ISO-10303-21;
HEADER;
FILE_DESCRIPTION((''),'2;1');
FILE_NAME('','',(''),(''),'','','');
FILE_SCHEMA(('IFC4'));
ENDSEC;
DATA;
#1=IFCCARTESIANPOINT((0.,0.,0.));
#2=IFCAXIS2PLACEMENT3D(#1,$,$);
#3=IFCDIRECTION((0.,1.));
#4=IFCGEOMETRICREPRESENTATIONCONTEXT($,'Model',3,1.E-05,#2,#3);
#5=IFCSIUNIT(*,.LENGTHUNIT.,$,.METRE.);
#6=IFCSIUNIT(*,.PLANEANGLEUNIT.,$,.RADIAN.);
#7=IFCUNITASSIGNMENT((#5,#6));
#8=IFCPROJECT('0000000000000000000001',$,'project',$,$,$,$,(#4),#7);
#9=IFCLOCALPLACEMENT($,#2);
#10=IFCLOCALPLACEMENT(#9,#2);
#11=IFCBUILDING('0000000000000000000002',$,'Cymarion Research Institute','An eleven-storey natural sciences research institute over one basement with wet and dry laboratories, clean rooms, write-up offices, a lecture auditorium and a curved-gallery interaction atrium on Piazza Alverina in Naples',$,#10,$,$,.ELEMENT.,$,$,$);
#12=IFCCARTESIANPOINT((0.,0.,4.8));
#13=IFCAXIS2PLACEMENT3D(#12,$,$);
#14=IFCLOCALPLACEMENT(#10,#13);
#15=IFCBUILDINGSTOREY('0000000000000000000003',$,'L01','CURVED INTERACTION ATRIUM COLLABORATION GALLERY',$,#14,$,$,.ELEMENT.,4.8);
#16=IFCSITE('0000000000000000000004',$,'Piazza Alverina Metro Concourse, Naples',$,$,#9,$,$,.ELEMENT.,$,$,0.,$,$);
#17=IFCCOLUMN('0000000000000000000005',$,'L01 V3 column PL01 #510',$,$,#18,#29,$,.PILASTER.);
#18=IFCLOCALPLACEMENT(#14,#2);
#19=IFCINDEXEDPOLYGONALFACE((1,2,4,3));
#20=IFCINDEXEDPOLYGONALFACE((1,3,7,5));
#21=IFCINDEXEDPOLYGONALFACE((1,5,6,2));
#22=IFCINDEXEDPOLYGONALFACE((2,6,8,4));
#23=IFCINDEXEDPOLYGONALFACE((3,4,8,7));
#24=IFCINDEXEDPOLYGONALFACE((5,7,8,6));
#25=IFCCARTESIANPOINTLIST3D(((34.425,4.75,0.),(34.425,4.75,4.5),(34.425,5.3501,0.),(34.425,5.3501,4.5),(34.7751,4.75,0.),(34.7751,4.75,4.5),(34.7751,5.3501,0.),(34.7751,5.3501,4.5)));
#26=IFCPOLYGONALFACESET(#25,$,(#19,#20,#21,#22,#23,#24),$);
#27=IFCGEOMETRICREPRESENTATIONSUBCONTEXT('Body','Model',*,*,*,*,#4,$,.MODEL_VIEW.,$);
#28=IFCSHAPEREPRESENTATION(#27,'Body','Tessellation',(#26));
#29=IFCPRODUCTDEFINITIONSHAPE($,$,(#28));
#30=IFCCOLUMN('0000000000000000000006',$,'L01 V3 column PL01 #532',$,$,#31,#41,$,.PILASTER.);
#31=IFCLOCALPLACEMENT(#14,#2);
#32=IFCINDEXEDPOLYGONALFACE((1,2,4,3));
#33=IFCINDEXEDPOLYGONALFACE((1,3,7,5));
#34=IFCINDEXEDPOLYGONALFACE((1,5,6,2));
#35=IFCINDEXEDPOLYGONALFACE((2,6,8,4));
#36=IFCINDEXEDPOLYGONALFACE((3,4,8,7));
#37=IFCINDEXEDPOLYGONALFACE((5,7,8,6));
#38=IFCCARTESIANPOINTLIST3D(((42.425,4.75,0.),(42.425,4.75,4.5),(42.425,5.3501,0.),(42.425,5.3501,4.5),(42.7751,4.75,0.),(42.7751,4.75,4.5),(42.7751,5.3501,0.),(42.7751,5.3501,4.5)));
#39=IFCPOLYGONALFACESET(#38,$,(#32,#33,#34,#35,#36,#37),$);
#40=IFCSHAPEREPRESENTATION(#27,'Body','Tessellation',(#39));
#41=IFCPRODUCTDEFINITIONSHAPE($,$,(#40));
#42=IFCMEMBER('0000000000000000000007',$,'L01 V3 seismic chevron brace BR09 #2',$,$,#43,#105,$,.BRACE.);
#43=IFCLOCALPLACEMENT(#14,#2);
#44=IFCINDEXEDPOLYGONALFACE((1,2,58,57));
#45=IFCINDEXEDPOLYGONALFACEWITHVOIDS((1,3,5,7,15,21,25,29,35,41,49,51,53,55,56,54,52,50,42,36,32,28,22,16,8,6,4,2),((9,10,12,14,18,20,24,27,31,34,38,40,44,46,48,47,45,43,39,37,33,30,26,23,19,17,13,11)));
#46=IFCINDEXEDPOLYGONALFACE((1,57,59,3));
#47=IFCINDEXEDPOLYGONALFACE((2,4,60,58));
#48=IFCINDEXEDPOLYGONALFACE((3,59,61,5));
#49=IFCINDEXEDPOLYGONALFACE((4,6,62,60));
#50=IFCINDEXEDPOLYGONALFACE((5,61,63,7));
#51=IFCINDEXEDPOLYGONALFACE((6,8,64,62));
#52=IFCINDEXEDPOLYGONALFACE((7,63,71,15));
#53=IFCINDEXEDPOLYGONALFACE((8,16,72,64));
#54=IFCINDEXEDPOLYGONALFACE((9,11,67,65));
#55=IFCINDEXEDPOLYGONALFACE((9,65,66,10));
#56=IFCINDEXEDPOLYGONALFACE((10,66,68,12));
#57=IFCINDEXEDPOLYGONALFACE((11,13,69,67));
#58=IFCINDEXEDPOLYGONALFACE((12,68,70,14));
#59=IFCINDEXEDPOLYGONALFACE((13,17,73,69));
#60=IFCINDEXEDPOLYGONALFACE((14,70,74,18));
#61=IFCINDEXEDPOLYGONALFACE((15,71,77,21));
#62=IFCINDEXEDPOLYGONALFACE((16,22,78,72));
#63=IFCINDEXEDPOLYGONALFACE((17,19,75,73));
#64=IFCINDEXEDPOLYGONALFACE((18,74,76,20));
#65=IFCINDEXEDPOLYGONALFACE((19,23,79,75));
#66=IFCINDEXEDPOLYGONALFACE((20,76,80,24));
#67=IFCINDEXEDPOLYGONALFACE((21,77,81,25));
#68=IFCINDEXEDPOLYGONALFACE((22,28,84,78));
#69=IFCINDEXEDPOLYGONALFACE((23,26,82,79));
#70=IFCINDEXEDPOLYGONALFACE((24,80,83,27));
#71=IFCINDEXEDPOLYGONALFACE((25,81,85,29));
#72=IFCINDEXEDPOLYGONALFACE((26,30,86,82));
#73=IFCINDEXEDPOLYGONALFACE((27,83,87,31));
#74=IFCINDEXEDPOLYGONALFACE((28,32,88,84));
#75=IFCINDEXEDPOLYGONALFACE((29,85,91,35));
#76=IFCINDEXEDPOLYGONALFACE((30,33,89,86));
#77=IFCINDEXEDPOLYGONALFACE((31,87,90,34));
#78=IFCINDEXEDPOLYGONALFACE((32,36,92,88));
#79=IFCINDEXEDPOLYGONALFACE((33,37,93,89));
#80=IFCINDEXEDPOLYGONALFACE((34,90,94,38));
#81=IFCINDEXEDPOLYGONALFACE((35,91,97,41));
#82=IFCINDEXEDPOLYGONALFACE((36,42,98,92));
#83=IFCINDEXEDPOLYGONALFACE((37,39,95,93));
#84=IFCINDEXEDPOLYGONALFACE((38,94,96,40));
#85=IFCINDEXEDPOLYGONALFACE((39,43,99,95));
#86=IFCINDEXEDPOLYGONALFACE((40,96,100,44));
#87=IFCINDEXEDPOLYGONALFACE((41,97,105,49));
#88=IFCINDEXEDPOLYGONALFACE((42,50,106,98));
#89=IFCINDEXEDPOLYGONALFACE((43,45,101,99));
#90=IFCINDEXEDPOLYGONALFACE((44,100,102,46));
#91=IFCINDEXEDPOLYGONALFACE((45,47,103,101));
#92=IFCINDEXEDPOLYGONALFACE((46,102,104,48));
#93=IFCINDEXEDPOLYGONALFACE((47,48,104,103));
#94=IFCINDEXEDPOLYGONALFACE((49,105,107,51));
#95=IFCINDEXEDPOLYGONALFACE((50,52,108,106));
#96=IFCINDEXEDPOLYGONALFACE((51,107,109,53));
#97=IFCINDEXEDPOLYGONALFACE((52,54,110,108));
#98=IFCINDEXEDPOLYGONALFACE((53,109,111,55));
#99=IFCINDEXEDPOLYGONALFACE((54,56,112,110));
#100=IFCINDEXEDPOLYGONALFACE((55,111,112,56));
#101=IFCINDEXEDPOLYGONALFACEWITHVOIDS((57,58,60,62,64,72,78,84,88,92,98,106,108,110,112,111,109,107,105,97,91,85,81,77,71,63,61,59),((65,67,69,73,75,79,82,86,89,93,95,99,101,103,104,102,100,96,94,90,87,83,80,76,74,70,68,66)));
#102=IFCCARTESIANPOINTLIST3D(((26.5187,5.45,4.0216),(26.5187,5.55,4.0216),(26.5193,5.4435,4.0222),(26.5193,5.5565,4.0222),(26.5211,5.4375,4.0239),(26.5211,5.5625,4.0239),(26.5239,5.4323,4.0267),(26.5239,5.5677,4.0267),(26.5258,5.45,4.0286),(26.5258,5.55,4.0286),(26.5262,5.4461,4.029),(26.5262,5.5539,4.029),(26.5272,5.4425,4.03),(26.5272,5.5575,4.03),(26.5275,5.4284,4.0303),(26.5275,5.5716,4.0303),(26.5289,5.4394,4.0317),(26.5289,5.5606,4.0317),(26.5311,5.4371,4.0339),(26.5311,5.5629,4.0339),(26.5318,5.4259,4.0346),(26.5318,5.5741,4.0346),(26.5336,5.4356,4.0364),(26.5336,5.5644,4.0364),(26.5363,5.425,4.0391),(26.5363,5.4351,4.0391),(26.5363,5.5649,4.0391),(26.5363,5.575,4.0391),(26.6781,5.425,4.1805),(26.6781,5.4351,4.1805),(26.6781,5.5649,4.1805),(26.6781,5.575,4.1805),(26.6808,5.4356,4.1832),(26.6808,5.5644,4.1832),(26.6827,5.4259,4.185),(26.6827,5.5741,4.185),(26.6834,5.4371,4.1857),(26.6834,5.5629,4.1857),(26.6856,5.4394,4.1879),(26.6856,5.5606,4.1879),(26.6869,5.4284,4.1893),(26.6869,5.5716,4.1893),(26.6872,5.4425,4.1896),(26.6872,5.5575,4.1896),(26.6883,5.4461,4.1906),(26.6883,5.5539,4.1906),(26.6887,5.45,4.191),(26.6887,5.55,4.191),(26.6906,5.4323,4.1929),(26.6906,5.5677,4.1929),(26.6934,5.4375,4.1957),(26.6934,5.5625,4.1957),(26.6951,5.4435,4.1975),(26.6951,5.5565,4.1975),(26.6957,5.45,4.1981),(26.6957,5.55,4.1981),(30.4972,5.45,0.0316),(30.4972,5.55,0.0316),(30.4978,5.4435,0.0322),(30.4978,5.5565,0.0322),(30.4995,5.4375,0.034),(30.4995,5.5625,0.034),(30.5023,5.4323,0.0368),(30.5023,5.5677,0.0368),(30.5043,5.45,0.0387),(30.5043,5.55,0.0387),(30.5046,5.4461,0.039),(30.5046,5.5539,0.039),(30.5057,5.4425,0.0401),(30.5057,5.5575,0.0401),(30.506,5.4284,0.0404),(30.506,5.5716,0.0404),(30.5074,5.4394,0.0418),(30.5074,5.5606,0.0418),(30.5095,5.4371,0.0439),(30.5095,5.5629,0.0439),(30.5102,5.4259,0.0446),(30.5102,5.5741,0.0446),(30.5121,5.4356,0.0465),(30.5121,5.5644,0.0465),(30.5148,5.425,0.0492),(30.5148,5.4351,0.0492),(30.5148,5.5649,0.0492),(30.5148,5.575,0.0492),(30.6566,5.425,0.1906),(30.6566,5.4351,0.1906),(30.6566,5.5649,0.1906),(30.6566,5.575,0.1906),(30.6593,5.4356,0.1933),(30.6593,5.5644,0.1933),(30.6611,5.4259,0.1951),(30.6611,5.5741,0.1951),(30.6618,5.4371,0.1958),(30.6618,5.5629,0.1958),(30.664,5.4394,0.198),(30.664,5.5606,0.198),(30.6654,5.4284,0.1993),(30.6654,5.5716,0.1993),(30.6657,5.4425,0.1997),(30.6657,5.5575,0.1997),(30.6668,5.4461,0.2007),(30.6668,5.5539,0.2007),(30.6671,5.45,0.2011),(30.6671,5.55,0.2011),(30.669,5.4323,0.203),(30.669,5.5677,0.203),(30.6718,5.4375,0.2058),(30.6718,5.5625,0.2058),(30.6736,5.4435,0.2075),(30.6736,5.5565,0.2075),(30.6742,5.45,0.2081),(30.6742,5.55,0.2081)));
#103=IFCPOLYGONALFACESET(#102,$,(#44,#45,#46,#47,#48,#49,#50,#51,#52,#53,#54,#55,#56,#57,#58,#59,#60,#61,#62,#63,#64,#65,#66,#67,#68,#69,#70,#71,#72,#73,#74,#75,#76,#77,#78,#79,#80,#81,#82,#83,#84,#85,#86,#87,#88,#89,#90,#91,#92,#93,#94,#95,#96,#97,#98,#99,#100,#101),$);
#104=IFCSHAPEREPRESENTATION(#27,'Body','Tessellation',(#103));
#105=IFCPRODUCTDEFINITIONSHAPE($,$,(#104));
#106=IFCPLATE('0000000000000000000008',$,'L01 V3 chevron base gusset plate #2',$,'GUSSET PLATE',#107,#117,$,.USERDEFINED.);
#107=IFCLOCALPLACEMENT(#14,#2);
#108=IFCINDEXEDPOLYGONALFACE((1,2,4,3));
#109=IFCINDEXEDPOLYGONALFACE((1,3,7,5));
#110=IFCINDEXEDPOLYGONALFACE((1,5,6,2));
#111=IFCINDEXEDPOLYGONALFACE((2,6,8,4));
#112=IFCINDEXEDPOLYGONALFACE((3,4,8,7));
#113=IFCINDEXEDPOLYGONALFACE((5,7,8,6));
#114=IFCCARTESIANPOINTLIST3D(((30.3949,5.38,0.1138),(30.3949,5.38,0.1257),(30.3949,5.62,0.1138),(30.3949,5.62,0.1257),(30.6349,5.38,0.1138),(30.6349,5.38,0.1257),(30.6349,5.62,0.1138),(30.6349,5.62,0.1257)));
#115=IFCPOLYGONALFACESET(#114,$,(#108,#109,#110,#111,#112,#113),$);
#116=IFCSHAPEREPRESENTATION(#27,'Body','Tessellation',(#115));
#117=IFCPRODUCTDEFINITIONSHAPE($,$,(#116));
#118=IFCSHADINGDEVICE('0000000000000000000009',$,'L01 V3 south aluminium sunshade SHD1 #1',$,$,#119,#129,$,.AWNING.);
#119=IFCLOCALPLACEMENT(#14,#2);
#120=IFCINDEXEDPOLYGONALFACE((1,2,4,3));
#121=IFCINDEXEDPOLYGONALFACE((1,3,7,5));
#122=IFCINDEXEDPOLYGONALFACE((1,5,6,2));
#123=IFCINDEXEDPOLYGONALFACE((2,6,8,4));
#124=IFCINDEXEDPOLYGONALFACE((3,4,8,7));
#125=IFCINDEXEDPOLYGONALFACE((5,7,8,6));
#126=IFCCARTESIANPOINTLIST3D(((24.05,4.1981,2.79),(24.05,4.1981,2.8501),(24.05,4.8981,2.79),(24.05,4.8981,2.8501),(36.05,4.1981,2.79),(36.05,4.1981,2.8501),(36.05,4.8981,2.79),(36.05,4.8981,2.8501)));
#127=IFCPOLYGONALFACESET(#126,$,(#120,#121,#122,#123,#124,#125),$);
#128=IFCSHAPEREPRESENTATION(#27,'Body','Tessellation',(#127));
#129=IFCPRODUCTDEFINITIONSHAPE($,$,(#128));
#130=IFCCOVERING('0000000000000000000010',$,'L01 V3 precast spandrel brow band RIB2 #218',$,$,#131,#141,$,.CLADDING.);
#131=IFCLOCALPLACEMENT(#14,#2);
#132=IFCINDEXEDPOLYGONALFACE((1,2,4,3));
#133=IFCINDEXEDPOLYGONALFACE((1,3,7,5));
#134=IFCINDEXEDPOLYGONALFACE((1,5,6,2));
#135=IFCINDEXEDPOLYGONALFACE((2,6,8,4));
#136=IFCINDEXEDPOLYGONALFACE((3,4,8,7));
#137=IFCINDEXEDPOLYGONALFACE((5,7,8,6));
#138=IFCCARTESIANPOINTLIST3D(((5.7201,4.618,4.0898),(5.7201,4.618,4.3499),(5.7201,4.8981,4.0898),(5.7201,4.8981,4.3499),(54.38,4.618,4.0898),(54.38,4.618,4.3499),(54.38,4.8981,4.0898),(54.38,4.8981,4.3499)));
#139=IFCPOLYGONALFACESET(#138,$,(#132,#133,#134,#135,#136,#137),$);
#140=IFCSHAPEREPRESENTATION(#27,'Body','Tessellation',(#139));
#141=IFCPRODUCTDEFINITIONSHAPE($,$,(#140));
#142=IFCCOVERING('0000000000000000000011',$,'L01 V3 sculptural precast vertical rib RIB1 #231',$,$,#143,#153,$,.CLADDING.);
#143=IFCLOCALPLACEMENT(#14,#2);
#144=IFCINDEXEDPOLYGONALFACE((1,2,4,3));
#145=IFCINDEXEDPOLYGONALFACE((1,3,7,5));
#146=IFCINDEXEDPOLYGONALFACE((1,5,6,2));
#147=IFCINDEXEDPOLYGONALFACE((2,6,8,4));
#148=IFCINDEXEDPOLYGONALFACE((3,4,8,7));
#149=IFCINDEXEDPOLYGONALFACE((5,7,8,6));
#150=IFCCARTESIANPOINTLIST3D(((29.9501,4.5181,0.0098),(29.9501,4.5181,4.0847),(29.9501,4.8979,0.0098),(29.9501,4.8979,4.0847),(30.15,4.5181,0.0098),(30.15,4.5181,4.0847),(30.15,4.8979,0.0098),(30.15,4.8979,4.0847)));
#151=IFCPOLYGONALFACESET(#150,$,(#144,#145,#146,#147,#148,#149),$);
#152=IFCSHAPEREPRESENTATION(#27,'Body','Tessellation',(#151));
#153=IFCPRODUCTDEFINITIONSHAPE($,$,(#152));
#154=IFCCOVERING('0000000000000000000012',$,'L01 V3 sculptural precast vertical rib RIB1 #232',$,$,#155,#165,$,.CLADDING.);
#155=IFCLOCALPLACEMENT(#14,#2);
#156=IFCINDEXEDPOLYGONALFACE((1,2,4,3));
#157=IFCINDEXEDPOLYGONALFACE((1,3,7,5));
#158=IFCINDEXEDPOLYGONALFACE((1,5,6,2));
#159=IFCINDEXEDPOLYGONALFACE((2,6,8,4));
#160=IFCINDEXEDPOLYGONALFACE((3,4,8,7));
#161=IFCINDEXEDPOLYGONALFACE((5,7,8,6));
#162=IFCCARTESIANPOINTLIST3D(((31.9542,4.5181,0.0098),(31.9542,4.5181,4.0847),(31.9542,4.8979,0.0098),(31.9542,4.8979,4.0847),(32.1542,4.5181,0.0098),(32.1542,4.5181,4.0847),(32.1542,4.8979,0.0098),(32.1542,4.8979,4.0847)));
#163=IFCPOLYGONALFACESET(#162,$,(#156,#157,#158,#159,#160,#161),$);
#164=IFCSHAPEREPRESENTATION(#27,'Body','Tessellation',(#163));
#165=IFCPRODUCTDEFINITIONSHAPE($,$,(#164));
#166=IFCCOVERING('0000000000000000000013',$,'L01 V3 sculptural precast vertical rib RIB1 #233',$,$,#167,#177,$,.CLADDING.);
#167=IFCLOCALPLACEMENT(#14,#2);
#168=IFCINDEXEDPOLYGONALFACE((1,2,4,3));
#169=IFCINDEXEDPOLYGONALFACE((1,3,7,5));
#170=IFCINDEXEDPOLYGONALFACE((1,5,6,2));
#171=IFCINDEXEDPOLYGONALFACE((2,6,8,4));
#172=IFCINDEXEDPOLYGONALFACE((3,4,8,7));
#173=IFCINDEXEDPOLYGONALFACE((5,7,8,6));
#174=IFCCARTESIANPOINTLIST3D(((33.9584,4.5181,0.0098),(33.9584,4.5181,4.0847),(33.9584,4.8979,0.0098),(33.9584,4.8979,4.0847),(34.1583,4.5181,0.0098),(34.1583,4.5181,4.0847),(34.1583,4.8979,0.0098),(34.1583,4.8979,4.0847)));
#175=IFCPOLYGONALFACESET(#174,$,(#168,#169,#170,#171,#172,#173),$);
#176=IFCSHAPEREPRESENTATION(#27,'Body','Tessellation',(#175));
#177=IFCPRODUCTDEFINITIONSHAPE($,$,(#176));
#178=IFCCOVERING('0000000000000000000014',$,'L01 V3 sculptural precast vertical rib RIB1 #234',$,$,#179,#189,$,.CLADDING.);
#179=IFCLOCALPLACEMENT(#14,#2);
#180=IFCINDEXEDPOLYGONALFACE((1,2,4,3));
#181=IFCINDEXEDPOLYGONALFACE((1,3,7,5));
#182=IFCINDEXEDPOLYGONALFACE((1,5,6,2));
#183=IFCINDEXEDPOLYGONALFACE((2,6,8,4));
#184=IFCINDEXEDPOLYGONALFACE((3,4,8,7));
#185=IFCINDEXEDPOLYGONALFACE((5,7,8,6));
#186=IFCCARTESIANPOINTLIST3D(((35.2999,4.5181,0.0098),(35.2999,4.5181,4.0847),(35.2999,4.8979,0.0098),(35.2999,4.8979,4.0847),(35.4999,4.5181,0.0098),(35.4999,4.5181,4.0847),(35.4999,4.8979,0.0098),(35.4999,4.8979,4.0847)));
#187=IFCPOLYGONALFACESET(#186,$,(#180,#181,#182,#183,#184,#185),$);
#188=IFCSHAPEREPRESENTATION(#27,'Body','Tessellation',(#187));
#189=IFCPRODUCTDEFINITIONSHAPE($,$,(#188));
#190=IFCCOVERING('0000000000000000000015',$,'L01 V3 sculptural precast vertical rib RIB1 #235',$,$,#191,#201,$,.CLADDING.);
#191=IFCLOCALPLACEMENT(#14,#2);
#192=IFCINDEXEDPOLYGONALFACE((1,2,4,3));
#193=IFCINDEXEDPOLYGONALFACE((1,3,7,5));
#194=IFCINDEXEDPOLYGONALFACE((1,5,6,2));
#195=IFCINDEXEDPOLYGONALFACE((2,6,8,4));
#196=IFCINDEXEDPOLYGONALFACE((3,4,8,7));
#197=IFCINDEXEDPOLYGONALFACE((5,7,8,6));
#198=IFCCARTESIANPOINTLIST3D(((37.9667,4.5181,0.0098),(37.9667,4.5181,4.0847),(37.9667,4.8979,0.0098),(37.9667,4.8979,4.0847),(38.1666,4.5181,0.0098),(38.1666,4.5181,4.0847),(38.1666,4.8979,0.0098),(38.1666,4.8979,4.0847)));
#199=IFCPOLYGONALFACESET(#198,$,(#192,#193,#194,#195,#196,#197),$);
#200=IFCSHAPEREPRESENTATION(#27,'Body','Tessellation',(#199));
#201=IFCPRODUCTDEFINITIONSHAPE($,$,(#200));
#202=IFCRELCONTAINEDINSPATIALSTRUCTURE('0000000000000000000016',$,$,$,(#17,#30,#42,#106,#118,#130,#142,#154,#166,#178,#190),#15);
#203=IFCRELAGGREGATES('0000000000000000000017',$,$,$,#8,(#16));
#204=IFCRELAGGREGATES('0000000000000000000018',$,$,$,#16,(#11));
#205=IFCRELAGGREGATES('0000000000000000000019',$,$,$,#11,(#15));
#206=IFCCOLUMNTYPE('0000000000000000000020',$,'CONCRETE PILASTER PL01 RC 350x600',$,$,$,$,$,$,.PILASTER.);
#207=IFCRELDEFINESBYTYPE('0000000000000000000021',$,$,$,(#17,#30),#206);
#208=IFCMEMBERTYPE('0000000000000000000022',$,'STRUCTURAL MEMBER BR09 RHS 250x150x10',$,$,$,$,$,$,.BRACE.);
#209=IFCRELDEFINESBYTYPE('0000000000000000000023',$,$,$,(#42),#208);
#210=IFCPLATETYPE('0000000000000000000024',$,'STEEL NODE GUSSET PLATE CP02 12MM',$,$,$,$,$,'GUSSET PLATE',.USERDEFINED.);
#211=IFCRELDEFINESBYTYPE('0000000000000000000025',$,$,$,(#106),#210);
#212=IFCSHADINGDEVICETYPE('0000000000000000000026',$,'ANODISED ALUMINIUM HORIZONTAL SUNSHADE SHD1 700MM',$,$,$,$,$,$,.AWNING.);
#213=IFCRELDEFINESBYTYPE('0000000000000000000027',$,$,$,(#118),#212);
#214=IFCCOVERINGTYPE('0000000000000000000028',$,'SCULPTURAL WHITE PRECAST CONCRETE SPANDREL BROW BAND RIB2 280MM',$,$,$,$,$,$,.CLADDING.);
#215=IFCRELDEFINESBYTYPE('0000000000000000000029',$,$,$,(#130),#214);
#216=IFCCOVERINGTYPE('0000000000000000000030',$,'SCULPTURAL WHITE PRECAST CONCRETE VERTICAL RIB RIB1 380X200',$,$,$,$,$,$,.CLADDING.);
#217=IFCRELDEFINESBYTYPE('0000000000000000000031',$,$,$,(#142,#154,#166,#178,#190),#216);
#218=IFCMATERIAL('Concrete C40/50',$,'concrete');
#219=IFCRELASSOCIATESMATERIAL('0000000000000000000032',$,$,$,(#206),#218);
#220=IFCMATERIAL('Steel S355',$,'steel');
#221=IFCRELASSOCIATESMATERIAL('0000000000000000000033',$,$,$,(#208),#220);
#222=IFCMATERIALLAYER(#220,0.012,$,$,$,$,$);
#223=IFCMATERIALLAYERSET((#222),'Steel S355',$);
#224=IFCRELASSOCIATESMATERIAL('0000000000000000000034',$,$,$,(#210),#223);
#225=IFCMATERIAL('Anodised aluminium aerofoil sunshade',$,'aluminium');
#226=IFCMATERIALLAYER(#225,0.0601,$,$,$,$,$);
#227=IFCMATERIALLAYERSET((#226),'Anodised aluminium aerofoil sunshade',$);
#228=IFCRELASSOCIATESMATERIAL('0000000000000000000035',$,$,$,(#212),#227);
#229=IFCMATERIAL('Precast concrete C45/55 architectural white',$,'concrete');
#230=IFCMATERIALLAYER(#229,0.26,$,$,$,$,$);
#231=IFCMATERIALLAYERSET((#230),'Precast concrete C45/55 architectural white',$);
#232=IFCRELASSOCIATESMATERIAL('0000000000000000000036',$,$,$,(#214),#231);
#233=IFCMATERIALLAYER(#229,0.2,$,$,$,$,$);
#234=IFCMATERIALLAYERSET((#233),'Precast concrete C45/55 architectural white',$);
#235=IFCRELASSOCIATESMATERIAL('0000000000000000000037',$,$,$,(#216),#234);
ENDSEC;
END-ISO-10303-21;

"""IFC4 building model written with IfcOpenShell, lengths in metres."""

from ifc_helpers import new_model, si_unit, direction, frame, origin, origin_2d, place, context, subcontext, project, spatial, rectangle, hollow_rectangle, extrude, material, layer, layer_set, material_profile, profile_set, type_object, element, save


model = new_model("IFC4")

# Units and contexts
model_context = context("Model", 3, precision=1e-05, world=origin(), true_north=direction((0.0, 1.0)))
body_context = subcontext(model_context, "Body", "Model", "MODEL_VIEW")
ifc_project = project(units=[si_unit("LENGTHUNIT", "METRE"), si_unit("PLANEANGLEUNIT", "RADIAN")], contexts=[model_context])

# Site, building, storey
site_placement = place(None, origin())
site = spatial("IfcSite", under=ifc_project, at=site_placement, Name="Piazza Alverina Metro Concourse, Naples", CompositionType="ELEMENT", RefElevation=0.0)
building_placement = place(site_placement, origin())
building = spatial("IfcBuilding", under=site, at=building_placement, Name="Cymarion Research Institute", Description="An eleven-storey natural sciences research institute over one basement with wet and dry laboratories, clean rooms, write-up offices, a lecture auditorium and a curved-gallery interaction atrium on Piazza Alverina in Naples", CompositionType="ELEMENT")
storey_placement = place(building_placement, frame((0.0, 0.0, 4.8)))
storey = spatial("IfcBuildingStorey", under=building, at=storey_placement, Name="L01", Description="CURVED INTERACTION ATRIUM COLLABORATION GALLERY", CompositionType="ELEMENT", Elevation=4.8)

# Columns
ifc_material_1 = material(Name="Concrete C40/50", Category="concrete")
ifc_material_profile_1 = material_profile(ifc_material_1, rectangle(XDim=0.3501, YDim=0.6001, at=origin_2d()), Name="RC 350x600")
ifc_profile_set_1 = profile_set([ifc_material_profile_1], Name="Concrete C40/50")
column_type = type_object("IfcColumnType", Name="CONCRETE PILASTER PL01 RC 350x600", PredefinedType="PILASTER", material=ifc_profile_set_1)
for number, where, z_axis, x_axis, name in (
    (1, (34.6001, 5.05, 0.0), (0.0, 0.0, 1.0), (1.0, 0.0, 0.0), "L01 V3 column PL01 #510"),
    (2, (42.6001, 5.05, 0.0), (0.0, 0.0, 1.0), (1.0, 0.0, 0.0), "L01 V3 column PL01 #532"),
):
    element("IfcColumn", number, at=place(storey_placement, frame(where, z_axis=z_axis, x_axis=x_axis)), inside=storey, type_object=column_type, Name=name, PredefinedType="PILASTER", context=body_context, shape_type="SweptSolid", body=[
        extrude(rectangle(XDim=0.3501, YDim=0.6001, at=origin_2d()), origin(), (0.0, 0.0, 1.0), 4.5),
    ])

# Member
ifc_material_2 = material(Name="Steel S355", Category="steel")
ifc_material_profile_2 = material_profile(ifc_material_2, hollow_rectangle(XDim=0.1499, YDim=0.25, WallThickness=0.01, InnerFilletRadius=0.0149, OuterFilletRadius=0.0249, at=origin_2d()), Name="RHS 250x150x10")
ifc_profile_set_2 = profile_set([ifc_material_profile_2], Name="Steel S355")
member_type = type_object("IfcMemberType", Name="STRUCTURAL MEMBER BR09 RHS 250x150x10", PredefinedType="BRACE", material=ifc_profile_set_2)
member_placement = place(storey_placement, frame((30.5857, 5.5, 0.1199), z_axis=(-0.706088, 0.0, 0.708124), x_axis=(0.0, -1.0, 0.0)))
element("IfcMember", 3, at=member_placement, inside=storey, type_object=member_type, Name="L01 V3 seismic chevron brace BR09 #2", PredefinedType="BRACE", context=body_context, shape_type="SweptSolid", body=[
    extrude(hollow_rectangle(XDim=0.1499, YDim=0.25, WallThickness=0.01, InnerFilletRadius=0.0149, OuterFilletRadius=0.0249, at=origin_2d()), origin(), (0.0, 0.0, 1.0), 5.6345),
])

# Plate
ifc_layer_1 = layer(ifc_material_2, 0.012)
ifc_layer_set_1 = layer_set([ifc_layer_1], Name="Steel S355")
plate_type = type_object("IfcPlateType", Name="STEEL NODE GUSSET PLATE CP02 12MM", ElementType="GUSSET PLATE", PredefinedType="USERDEFINED", material=ifc_layer_set_1)
plate_placement = place(storey_placement, frame((30.5149, 5.5, 0.1138), z_axis=(0.0, 0.0, 1.0), x_axis=(1.0, 0.0, 0.0)))
element("IfcPlate", 4, at=plate_placement, inside=storey, type_object=plate_type, Name="L01 V3 chevron base gusset plate #2", ObjectType="GUSSET PLATE", PredefinedType="USERDEFINED", context=body_context, shape_type="SweptSolid", body=[
    extrude(rectangle(XDim=0.24, YDim=0.24, at=origin_2d()), origin(), (0.0, 0.0, 1.0), 0.012),
])

# Shading device
ifc_material_3 = material(Name="Anodised aluminium aerofoil sunshade", Category="aluminium")
ifc_layer_2 = layer(ifc_material_3, 0.0601)
ifc_layer_set_2 = layer_set([ifc_layer_2], Name="Anodised aluminium aerofoil sunshade")
shading_device_type = type_object("IfcShadingDeviceType", Name="ANODISED ALUMINIUM HORIZONTAL SUNSHADE SHD1 700MM", PredefinedType="AWNING", material=ifc_layer_set_2)
shading_device_placement = place(storey_placement, frame((30.05, 4.5481, 2.79), z_axis=(0.0, 0.0, 1.0), x_axis=(0.0, -1.0, 0.0)))
element("IfcShadingDevice", 5, at=shading_device_placement, inside=storey, type_object=shading_device_type, Name="L01 V3 south aluminium sunshade SHD1 #1", PredefinedType="AWNING", context=body_context, shape_type="SweptSolid", body=[
    extrude(rectangle(XDim=0.7, YDim=12.0, at=origin_2d()), origin(), (0.0, 0.0, 1.0), 0.0601),
])

# Coverings
ifc_material_4 = material(Name="Precast concrete C45/55 architectural white", Category="concrete")
ifc_layer_3 = layer(ifc_material_4, 0.26)
ifc_layer_set_3 = layer_set([ifc_layer_3], Name="Precast concrete C45/55 architectural white")
covering_type_1 = type_object("IfcCoveringType", Name="SCULPTURAL WHITE PRECAST CONCRETE SPANDREL BROW BAND RIB2 280MM", PredefinedType="CLADDING", material=ifc_layer_set_3)
covering_placement = place(storey_placement, frame((30.05, 4.7581, 4.0898), z_axis=(0.0, 0.0, 1.0), x_axis=(0.0, -1.0, 0.0)))
element("IfcCovering", 6, at=covering_placement, inside=storey, type_object=covering_type_1, Name="L01 V3 precast spandrel brow band RIB2 #218", PredefinedType="CLADDING", context=body_context, shape_type="SweptSolid", body=[
    extrude(rectangle(XDim=0.28, YDim=48.6599, at=origin_2d()), origin(), (0.0, 0.0, 1.0), 0.26),
])
ifc_layer_4 = layer(ifc_material_4, 0.2)
ifc_layer_set_4 = layer_set([ifc_layer_4], Name="Precast concrete C45/55 architectural white")
covering_type_2 = type_object("IfcCoveringType", Name="SCULPTURAL WHITE PRECAST CONCRETE VERTICAL RIB RIB1 380X200", PredefinedType="CLADDING", material=ifc_layer_set_4)
for number, where, z_axis, x_axis, name in (
    (7, (30.05, 4.708, 0.0098), (0.0, 0.0, 1.0), (0.0, -1.0, 0.0), "L01 V3 sculptural precast vertical rib RIB1 #231"),
    (8, (32.0542, 4.708, 0.0098), (0.0, 0.0, 1.0), (0.0, -1.0, 0.0), "L01 V3 sculptural precast vertical rib RIB1 #232"),
    (9, (34.0583, 4.708, 0.0098), (0.0, 0.0, 1.0), (0.0, -1.0, 0.0), "L01 V3 sculptural precast vertical rib RIB1 #233"),
    (10, (35.3999, 4.708, 0.0098), (0.0, 0.0, 1.0), (0.0, -1.0, 0.0), "L01 V3 sculptural precast vertical rib RIB1 #234"),
    (11, (38.0667, 4.708, 0.0098), (0.0, 0.0, 1.0), (0.0, -1.0, 0.0), "L01 V3 sculptural precast vertical rib RIB1 #235"),
):
    element("IfcCovering", number, at=place(storey_placement, frame(where, z_axis=z_axis, x_axis=x_axis)), inside=storey, type_object=covering_type_2, Name=name, PredefinedType="CLADDING", context=body_context, shape_type="SweptSolid", body=[
        extrude(rectangle(XDim=0.3799, YDim=0.2, at=origin_2d()), origin(), (0.0, 0.0, 1.0), 4.075),
    ])

save(model, "model.ifc")
